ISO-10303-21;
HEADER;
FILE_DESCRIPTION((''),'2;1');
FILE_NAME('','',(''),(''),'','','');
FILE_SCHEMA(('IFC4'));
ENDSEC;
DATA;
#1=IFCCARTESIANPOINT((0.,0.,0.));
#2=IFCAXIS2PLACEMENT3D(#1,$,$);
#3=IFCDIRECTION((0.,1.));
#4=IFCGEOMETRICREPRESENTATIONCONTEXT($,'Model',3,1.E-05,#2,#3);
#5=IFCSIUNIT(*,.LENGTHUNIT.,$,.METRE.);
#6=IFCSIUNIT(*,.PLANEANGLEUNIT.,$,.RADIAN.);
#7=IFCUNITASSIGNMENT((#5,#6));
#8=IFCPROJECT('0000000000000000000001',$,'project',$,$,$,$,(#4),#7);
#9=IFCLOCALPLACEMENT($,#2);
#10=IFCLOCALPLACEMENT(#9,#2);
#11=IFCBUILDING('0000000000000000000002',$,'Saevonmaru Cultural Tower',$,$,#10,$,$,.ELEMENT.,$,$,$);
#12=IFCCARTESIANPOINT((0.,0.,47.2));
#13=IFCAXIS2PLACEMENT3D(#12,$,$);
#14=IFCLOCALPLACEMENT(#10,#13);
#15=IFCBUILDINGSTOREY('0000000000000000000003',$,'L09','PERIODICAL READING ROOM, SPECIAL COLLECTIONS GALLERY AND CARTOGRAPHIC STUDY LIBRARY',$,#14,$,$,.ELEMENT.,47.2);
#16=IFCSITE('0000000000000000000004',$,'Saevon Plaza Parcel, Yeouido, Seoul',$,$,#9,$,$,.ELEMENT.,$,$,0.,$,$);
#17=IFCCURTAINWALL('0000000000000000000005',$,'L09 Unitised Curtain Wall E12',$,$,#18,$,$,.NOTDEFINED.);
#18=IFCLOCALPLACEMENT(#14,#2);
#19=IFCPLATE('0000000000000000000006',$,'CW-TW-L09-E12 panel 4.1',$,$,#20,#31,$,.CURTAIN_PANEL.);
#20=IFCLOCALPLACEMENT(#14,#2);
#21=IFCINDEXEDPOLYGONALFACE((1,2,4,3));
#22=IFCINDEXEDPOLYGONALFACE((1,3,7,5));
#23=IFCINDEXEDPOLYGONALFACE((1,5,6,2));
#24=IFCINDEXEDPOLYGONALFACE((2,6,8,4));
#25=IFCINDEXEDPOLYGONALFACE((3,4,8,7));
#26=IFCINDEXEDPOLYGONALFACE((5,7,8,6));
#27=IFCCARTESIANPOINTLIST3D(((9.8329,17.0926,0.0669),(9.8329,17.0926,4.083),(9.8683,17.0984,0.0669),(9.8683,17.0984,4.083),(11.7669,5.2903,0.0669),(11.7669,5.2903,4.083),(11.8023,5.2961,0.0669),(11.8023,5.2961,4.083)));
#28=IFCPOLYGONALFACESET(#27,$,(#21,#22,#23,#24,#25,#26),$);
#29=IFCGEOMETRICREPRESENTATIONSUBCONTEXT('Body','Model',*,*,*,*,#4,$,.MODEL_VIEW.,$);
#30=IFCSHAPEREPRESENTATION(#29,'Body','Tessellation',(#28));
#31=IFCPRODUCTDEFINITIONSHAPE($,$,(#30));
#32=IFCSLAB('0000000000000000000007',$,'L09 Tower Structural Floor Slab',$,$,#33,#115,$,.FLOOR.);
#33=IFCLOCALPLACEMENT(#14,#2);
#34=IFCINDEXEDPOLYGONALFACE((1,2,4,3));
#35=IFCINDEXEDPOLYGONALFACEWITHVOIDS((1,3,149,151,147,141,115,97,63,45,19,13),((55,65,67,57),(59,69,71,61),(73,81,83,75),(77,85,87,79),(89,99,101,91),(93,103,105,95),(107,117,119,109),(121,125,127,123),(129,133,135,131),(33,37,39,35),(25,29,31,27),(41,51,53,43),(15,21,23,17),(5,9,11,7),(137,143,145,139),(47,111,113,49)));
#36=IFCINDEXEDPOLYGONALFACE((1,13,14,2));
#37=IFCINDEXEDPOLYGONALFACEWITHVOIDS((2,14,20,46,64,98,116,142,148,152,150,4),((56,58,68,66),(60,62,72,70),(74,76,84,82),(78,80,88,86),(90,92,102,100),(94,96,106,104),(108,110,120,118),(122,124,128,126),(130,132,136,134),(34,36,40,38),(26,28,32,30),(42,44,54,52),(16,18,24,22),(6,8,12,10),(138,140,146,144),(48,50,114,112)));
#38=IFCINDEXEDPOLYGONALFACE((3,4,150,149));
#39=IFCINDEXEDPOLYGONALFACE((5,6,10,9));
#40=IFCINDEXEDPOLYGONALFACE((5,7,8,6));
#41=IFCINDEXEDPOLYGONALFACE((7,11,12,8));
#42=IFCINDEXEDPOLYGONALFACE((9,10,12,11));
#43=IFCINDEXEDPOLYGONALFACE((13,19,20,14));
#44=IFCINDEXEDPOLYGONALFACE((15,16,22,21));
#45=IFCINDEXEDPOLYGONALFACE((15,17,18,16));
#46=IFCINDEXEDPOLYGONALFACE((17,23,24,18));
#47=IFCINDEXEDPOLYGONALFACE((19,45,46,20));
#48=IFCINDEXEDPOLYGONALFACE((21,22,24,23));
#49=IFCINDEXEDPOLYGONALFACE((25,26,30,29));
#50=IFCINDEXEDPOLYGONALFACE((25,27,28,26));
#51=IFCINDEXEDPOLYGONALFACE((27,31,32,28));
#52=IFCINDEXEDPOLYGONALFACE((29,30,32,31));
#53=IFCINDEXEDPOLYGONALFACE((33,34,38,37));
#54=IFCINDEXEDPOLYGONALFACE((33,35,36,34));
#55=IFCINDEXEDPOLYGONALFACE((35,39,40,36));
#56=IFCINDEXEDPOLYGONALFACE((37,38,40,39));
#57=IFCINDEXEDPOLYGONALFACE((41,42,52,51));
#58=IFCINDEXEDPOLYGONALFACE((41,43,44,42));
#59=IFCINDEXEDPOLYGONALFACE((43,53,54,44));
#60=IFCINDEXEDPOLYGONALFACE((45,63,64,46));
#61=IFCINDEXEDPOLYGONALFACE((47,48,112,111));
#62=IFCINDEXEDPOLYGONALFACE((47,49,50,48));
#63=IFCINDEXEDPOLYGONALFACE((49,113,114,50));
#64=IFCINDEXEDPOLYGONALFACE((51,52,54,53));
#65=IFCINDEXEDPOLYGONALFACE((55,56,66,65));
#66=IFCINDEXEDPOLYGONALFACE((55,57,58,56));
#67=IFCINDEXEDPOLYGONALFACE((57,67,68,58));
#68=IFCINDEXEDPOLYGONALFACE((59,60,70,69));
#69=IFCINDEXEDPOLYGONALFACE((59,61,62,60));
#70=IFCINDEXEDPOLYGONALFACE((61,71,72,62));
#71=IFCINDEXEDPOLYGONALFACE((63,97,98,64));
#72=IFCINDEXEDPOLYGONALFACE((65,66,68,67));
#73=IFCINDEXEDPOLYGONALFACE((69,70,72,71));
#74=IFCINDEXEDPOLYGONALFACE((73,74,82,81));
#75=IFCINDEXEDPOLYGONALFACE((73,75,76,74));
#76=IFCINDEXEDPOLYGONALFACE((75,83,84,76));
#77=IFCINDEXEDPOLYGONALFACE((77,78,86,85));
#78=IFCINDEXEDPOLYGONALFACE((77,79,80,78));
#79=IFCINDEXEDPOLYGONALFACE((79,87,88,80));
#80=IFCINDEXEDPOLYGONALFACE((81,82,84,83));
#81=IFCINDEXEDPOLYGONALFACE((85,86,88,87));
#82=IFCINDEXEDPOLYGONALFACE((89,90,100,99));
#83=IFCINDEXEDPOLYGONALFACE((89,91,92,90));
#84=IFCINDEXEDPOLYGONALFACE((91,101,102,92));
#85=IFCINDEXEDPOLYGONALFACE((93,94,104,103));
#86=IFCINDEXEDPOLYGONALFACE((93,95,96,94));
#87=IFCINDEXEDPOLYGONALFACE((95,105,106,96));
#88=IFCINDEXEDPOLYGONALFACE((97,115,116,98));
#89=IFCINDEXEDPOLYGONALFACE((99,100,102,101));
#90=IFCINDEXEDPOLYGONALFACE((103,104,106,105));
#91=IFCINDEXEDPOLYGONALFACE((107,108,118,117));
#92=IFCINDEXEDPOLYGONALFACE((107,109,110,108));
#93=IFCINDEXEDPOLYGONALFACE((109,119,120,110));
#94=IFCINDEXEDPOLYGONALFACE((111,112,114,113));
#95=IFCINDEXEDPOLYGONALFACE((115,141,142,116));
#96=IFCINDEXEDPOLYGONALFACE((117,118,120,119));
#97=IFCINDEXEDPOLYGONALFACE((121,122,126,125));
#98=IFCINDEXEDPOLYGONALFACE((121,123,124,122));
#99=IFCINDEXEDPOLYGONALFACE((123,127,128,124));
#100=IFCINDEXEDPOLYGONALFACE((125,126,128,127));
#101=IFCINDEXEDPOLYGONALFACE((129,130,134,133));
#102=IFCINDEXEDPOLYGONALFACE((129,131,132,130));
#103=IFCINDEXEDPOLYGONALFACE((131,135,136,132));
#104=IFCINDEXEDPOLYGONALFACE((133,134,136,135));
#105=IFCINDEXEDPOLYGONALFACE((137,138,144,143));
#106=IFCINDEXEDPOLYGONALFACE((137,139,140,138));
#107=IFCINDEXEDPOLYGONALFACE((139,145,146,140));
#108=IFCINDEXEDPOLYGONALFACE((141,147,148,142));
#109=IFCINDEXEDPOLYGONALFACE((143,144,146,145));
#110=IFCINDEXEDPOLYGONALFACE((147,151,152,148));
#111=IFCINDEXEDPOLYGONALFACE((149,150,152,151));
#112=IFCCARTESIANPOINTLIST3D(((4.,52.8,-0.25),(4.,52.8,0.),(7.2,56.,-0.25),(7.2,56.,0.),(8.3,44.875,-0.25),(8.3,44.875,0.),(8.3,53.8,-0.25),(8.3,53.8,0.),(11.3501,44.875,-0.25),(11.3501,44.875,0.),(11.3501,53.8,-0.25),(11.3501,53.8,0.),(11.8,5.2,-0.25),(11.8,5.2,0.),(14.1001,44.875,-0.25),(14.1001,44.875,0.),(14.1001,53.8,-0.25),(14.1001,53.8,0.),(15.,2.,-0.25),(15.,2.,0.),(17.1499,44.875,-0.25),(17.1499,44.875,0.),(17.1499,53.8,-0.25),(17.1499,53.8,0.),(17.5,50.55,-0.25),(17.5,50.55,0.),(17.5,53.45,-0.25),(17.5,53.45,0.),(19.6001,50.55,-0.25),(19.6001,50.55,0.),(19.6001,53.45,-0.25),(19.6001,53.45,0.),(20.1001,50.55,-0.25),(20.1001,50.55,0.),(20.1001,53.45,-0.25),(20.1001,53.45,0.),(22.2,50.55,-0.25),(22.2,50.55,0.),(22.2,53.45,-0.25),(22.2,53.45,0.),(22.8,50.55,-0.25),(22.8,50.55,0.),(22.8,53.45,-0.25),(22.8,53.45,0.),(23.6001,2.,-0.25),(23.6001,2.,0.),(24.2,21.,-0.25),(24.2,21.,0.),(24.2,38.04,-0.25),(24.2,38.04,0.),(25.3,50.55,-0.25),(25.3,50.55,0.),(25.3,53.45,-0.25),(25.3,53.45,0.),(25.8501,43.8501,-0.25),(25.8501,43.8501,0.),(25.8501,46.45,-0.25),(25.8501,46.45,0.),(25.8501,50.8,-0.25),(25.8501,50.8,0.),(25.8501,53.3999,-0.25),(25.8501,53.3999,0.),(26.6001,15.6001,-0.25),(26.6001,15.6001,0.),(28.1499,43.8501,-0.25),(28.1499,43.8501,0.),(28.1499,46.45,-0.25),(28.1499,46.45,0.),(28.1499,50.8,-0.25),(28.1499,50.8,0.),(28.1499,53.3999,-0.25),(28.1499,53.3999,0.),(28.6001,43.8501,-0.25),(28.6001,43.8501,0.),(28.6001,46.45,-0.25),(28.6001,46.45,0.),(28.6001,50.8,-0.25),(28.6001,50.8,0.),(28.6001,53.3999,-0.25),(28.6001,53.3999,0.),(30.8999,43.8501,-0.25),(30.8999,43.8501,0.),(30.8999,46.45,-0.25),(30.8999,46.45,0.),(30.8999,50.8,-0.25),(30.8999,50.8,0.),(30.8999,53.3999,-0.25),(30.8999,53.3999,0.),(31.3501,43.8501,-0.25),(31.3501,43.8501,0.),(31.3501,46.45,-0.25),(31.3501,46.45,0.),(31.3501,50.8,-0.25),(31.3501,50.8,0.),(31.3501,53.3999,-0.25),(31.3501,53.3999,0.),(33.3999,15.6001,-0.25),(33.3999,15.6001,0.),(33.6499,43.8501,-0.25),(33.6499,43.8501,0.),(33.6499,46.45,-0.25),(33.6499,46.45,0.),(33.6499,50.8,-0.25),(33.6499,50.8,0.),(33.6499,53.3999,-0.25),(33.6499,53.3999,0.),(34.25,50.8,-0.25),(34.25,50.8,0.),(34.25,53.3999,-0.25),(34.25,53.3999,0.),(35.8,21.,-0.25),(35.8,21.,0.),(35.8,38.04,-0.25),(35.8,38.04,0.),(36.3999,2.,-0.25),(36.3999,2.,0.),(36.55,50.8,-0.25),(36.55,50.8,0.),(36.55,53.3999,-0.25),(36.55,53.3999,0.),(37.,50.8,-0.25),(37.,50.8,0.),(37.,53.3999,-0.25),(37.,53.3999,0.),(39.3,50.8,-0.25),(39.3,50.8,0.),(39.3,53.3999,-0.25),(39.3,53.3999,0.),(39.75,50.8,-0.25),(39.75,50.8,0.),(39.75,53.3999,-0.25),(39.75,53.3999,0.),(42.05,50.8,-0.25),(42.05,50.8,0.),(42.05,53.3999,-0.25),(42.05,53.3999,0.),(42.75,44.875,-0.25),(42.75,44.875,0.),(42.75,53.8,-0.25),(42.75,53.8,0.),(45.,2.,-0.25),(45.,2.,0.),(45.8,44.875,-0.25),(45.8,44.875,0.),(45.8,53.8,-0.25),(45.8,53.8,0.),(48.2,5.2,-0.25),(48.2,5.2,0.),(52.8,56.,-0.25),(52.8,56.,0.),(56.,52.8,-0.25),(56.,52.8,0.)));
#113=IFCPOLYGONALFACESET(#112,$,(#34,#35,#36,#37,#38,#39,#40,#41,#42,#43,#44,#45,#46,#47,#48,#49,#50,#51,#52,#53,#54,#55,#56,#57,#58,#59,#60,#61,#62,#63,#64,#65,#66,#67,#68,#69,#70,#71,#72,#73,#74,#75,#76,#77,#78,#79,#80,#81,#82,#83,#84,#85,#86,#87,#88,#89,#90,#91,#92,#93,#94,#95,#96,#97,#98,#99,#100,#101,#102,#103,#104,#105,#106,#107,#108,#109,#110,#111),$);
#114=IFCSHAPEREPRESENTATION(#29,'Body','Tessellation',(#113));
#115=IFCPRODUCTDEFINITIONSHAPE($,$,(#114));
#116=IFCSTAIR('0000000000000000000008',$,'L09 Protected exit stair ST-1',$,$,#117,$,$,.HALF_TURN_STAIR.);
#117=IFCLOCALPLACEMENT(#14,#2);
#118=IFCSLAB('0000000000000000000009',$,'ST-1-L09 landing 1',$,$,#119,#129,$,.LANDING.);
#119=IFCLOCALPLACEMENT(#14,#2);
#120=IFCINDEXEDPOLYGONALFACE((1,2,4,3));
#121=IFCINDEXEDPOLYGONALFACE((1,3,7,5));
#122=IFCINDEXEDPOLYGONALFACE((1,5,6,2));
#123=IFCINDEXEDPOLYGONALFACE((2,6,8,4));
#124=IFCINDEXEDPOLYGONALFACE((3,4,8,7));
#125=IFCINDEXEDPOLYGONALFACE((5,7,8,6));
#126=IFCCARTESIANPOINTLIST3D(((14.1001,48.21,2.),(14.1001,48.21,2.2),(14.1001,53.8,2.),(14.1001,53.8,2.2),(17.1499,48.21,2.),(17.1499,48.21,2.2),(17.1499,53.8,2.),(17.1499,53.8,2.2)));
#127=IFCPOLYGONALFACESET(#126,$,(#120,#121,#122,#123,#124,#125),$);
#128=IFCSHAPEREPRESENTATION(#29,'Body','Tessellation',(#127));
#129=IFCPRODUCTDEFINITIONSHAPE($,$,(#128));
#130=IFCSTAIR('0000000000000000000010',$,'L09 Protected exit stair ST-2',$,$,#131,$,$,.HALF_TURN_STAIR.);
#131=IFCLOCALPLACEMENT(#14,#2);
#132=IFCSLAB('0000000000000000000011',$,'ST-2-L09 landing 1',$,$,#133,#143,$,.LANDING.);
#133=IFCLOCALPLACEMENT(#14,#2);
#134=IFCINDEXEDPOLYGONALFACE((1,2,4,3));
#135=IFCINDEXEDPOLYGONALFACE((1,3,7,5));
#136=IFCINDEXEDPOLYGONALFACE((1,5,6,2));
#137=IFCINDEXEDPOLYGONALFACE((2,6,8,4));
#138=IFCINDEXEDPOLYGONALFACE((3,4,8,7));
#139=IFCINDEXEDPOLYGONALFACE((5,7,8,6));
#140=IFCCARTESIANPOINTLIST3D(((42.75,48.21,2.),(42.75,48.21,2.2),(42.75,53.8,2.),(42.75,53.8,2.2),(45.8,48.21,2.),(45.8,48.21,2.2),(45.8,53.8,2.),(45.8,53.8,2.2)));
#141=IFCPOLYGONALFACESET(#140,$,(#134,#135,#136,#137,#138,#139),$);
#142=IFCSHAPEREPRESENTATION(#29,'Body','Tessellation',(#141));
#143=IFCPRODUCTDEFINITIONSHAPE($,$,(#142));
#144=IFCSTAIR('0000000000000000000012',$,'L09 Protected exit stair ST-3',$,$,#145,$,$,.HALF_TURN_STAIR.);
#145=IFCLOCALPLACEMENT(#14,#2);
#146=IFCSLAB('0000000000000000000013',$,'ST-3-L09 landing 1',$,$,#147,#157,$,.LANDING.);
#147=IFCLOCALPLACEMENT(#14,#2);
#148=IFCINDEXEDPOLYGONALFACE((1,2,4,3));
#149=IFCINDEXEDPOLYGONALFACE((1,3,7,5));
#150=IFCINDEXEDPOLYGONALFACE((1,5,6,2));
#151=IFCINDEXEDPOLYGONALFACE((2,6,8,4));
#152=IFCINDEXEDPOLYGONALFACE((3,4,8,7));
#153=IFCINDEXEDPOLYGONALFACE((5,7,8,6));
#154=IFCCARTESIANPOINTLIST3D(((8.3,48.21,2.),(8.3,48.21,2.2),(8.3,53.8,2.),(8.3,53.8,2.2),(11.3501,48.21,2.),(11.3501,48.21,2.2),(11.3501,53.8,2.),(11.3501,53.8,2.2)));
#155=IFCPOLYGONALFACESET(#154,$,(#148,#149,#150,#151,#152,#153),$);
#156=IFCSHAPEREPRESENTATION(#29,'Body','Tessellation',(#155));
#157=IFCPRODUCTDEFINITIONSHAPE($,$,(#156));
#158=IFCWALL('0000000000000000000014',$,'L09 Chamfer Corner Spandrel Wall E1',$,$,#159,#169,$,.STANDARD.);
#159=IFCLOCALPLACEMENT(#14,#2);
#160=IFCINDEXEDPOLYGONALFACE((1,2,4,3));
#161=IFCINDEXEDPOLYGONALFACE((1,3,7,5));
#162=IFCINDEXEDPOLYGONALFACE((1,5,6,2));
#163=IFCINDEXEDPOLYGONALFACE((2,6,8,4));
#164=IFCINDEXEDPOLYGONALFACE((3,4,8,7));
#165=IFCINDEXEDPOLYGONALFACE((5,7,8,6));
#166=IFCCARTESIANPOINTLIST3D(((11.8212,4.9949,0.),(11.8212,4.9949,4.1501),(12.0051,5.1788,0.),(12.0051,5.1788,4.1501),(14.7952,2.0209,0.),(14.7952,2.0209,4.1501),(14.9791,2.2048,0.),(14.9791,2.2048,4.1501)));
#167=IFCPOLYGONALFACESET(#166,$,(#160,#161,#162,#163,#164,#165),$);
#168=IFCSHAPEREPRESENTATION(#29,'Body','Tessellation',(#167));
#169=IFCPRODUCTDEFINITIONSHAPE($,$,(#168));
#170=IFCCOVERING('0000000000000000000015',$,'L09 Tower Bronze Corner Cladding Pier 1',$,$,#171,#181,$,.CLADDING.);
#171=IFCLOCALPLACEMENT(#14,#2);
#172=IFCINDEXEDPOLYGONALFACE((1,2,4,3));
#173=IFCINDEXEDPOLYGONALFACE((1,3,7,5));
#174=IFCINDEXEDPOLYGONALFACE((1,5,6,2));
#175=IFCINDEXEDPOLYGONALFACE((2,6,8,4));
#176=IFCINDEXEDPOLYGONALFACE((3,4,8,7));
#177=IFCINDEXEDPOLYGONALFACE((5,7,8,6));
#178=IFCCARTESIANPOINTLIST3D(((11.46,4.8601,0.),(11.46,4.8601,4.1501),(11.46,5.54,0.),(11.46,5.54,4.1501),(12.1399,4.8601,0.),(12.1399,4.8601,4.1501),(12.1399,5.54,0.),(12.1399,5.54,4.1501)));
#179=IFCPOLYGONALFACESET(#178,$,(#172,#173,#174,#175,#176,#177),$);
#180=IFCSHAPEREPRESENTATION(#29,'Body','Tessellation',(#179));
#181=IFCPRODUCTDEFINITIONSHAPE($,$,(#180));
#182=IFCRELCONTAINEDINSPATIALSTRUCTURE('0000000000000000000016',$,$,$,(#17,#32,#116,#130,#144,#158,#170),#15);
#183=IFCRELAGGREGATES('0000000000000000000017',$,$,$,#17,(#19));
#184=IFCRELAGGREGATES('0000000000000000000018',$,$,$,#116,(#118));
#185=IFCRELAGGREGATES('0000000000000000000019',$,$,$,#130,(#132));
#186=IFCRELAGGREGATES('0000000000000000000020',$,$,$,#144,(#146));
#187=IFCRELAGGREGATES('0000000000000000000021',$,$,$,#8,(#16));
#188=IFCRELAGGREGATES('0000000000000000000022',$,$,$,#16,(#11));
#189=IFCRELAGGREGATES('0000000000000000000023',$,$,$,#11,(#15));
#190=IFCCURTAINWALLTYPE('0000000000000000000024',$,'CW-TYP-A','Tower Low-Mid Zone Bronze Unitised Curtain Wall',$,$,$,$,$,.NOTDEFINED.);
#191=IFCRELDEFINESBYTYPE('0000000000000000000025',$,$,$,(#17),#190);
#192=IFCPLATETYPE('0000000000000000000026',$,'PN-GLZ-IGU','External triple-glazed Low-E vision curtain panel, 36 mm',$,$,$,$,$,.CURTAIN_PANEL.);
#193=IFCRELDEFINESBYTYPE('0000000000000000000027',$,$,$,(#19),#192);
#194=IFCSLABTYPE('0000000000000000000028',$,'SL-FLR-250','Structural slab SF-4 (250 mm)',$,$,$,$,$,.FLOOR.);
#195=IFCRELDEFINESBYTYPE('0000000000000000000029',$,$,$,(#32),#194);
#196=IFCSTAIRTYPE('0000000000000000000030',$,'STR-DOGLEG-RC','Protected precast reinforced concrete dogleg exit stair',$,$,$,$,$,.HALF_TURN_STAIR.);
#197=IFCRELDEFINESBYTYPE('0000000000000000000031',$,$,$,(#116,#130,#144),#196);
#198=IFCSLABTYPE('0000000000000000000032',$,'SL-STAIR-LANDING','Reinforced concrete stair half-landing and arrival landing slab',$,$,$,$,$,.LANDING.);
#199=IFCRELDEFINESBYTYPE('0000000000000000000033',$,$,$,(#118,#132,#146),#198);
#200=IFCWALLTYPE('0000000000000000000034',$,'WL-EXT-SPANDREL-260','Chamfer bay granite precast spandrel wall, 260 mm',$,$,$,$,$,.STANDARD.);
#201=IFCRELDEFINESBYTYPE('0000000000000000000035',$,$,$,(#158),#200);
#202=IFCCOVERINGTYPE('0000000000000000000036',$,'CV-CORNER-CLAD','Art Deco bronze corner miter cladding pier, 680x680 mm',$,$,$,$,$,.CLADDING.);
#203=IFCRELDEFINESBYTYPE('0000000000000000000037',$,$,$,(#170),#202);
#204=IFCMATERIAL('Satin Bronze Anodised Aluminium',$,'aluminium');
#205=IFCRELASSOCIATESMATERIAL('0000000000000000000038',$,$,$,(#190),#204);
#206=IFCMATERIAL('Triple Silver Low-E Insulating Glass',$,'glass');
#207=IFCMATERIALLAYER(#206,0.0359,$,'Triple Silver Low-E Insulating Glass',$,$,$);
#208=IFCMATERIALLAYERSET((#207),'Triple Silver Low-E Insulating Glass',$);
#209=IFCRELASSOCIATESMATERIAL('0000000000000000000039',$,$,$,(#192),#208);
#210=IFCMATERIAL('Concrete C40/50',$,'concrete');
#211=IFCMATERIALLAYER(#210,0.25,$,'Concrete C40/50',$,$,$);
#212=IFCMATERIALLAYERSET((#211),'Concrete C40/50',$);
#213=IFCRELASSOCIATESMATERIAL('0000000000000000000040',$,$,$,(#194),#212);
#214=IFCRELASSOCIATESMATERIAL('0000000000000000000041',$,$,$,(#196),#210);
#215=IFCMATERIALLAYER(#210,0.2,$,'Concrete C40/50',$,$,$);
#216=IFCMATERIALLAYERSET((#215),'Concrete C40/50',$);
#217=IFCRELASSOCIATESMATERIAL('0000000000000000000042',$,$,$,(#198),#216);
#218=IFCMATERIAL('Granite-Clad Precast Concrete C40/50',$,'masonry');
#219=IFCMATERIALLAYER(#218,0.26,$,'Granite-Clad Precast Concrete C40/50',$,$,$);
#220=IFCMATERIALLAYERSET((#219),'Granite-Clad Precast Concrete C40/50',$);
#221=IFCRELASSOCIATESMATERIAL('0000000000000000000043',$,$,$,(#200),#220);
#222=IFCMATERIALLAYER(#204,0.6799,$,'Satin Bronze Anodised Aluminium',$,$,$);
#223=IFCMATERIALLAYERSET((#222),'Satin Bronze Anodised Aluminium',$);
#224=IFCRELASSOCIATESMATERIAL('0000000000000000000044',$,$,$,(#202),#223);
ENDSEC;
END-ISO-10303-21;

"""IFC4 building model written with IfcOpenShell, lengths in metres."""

from ifc_helpers import new_model, si_unit, direction, frame, frame_2d, origin, origin_2d, place, context, subcontext, project, spatial, polyline, rectangle, outline, extrude, material, layer, layer_set, type_object, element, aggregate, save


model = new_model("IFC4")

# Units and contexts
model_context = context("Model", 3, precision=1e-05, world=origin(), true_north=direction((0.0, 1.0)))
body_context = subcontext(model_context, "Body", "Model", "MODEL_VIEW")
ifc_project = project(units=[si_unit("LENGTHUNIT", "METRE"), si_unit("PLANEANGLEUNIT", "RADIAN")], contexts=[model_context])

# Site, building, storey
site_placement = place(None, origin())
site = spatial("IfcSite", under=ifc_project, at=site_placement, Name="Saevon Plaza Parcel, Yeouido, Seoul", CompositionType="ELEMENT", RefElevation=0.0)
building_placement = place(site_placement, origin())
building = spatial("IfcBuilding", under=site, at=building_placement, Name="Saevonmaru Cultural Tower", CompositionType="ELEMENT")
storey_placement = place(building_placement, frame((0.0, 0.0, 47.2)))
storey = spatial("IfcBuildingStorey", under=building, at=storey_placement, Name="L09", Description="PERIODICAL READING ROOM, SPECIAL COLLECTIONS GALLERY AND CARTOGRAPHIC STUDY LIBRARY", CompositionType="ELEMENT", Elevation=47.2)

# Curtain wall, plate
ifc_material_1 = material(Name="Satin Bronze Anodised Aluminium", Category="aluminium")
curtain_wall_type = type_object("IfcCurtainWallType", Name="CW-TYP-A", Description="Tower Low-Mid Zone Bronze Unitised Curtain Wall", PredefinedType="NOTDEFINED", material=ifc_material_1)
curtain_wall_placement = place(storey_placement, origin())
curtain_wall = element("IfcCurtainWall", 1, at=curtain_wall_placement, inside=storey, type_object=curtain_wall_type, Name="L09 Unitised Curtain Wall E12", PredefinedType="NOTDEFINED")
ifc_material_2 = material(Name="Triple Silver Low-E Insulating Glass", Category="glass")
ifc_layer_1 = layer(ifc_material_2, 0.0359, Name="Triple Silver Low-E Insulating Glass")
ifc_layer_set_1 = layer_set([ifc_layer_1], Name="Triple Silver Low-E Insulating Glass")
plate_type = type_object("IfcPlateType", Name="PN-GLZ-IGU", Description="External triple-glazed Low-E vision curtain panel, 36 mm", PredefinedType="CURTAIN_PANEL", material=ifc_layer_set_1)
plate_placement = place(storey_placement, frame((10.8176, 11.1943, 0.0669), z_axis=(0.0, 0.0, 1.0), x_axis=(0.161709, -0.986839, 0.0)))
plate = element("IfcPlate", 2, at=plate_placement, type_object=plate_type, Name="CW-TW-L09-E12 panel 4.1", PredefinedType="CURTAIN_PANEL", context=body_context, shape_type="SweptSolid", body=[
    extrude(rectangle(XDim=11.9597, YDim=0.0359, at=origin_2d()), origin(), (0.0, 0.0, 1.0), 4.0161),
])
aggregate(curtain_wall, [plate])

# Slab
ifc_material_3 = material(Name="Concrete C40/50", Category="concrete")
ifc_layer_2 = layer(ifc_material_3, 0.25, Name="Concrete C40/50")
ifc_layer_set_2 = layer_set([ifc_layer_2], Name="Concrete C40/50")
slab_type_1 = type_object("IfcSlabType", Name="SL-FLR-250", Description="Structural slab SF-4 (250 mm)", PredefinedType="FLOOR", material=ifc_layer_set_2)
slab_1_placement = place(storey_placement, frame((0.0, 0.0, -0.25)))
element("IfcSlab", 3, at=slab_1_placement, inside=storey, type_object=slab_type_1, Name="L09 Tower Structural Floor Slab", PredefinedType="FLOOR", context=body_context, shape_type="SweptSolid", body=[
    extrude(outline(polyline([(11.8, 5.2), (15.0, 2.0), (23.6001, 2.0), (26.6001, 15.6001), (33.3999, 15.6001), (36.3999, 2.0), (45.0, 2.0), (48.2, 5.2), (56.0, 52.8), (52.8, 56.0), (7.2, 56.0), (4.0, 52.8), (11.8, 5.2)]), holes=[polyline([(45.8, 44.875), (42.75, 44.875), (42.75, 53.8), (45.8, 53.8), (45.8, 44.875)]), polyline([(39.75, 50.8), (39.75, 53.3999), (42.05, 53.3999), (42.05, 50.8), (39.75, 50.8)]), polyline([(37.0, 50.8), (37.0, 53.3999), (39.3, 53.3999), (39.3, 50.8), (37.0, 50.8)]), polyline([(34.25, 50.8), (34.25, 53.3999), (36.55, 53.3999), (36.55, 50.8), (34.25, 50.8)]), polyline([(24.2, 21.0), (24.2, 38.04), (35.8, 38.04), (35.8, 21.0), (24.2, 21.0)]), polyline([(31.3501, 50.8), (31.3501, 53.3999), (33.6499, 53.3999), (33.6499, 50.8), (31.3501, 50.8)]), polyline([(31.3501, 43.8501), (31.3501, 46.45), (33.6499, 46.45), (33.6499, 43.8501), (31.3501, 43.8501)]), polyline([(28.6001, 43.8501), (28.6001, 46.45), (30.8999, 46.45), (30.8999, 43.8501), (28.6001, 43.8501)]), polyline([(28.6001, 50.8), (28.6001, 53.3999), (30.8999, 53.3999), (30.8999, 50.8), (28.6001, 50.8)]), polyline([(25.8501, 50.8), (25.8501, 53.3999), (28.1499, 53.3999), (28.1499, 50.8), (25.8501, 50.8)]), polyline([(25.8501, 43.8501), (25.8501, 46.45), (28.1499, 46.45), (28.1499, 43.8501), (25.8501, 43.8501)]), polyline([(22.8, 50.55), (22.8, 53.45), (25.3, 53.45), (25.3, 50.55), (22.8, 50.55)]), polyline([(20.1001, 50.55), (20.1001, 53.45), (22.2, 53.45), (22.2, 50.55), (20.1001, 50.55)]), polyline([(17.5, 50.55), (17.5, 53.45), (19.6001, 53.45), (19.6001, 50.55), (17.5, 50.55)]), polyline([(17.1499, 44.875), (14.1001, 44.875), (14.1001, 53.8), (17.1499, 53.8), (17.1499, 44.875)]), polyline([(11.3501, 44.875), (8.3, 44.875), (8.3, 53.8), (11.3501, 53.8), (11.3501, 44.875)])]), origin(), (0.0, 0.0, 1.0), 0.25),
])

# Stairs, slabs
stair_type = type_object("IfcStairType", Name="STR-DOGLEG-RC", Description="Protected precast reinforced concrete dogleg exit stair", PredefinedType="HALF_TURN_STAIR", material=ifc_material_3)
stair_1_placement = place(storey_placement, origin())
stair_1 = element("IfcStair", 4, at=stair_1_placement, inside=storey, type_object=stair_type, Name="L09 Protected exit stair ST-1", PredefinedType="HALF_TURN_STAIR")
ifc_layer_3 = layer(ifc_material_3, 0.2, Name="Concrete C40/50")
ifc_layer_set_3 = layer_set([ifc_layer_3], Name="Concrete C40/50")
slab_type_2 = type_object("IfcSlabType", Name="SL-STAIR-LANDING", Description="Reinforced concrete stair half-landing and arrival landing slab", PredefinedType="LANDING", material=ifc_layer_set_3)
slab_2_placement = place(storey_placement, frame((0.0, 0.0, 2.0)))
slab_2 = element("IfcSlab", 5, at=slab_2_placement, type_object=slab_type_2, Name="ST-1-L09 landing 1", PredefinedType="LANDING", context=body_context, shape_type="SweptSolid", body=[
    extrude(outline(polyline([(17.1499, 48.21), (17.1499, 53.8), (14.1001, 53.8), (14.1001, 48.21), (17.1499, 48.21)])), origin(), (0.0, 0.0, 1.0), 0.2),
])
aggregate(stair_1, [slab_2])
stair_2_placement = place(storey_placement, origin())
stair_2 = element("IfcStair", 6, at=stair_2_placement, inside=storey, type_object=stair_type, Name="L09 Protected exit stair ST-2", PredefinedType="HALF_TURN_STAIR")
slab_3_placement = place(storey_placement, frame((0.0, 0.0, 2.0)))
slab_3 = element("IfcSlab", 7, at=slab_3_placement, type_object=slab_type_2, Name="ST-2-L09 landing 1", PredefinedType="LANDING", context=body_context, shape_type="SweptSolid", body=[
    extrude(outline(polyline([(45.8, 48.21), (45.8, 53.8), (42.75, 53.8), (42.75, 48.21), (45.8, 48.21)])), origin(), (0.0, 0.0, 1.0), 0.2),
])
aggregate(stair_2, [slab_3])
stair_3_placement = place(storey_placement, origin())
stair_3 = element("IfcStair", 8, at=stair_3_placement, inside=storey, type_object=stair_type, Name="L09 Protected exit stair ST-3", PredefinedType="HALF_TURN_STAIR")
slab_4_placement = place(storey_placement, frame((0.0, 0.0, 2.0)))
slab_4 = element("IfcSlab", 9, at=slab_4_placement, type_object=slab_type_2, Name="ST-3-L09 landing 1", PredefinedType="LANDING", context=body_context, shape_type="SweptSolid", body=[
    extrude(outline(polyline([(11.3501, 48.21), (11.3501, 53.8), (8.3, 53.8), (8.3, 48.21), (11.3501, 48.21)])), origin(), (0.0, 0.0, 1.0), 0.2),
])
aggregate(stair_3, [slab_4])

# Wall
ifc_material_4 = material(Name="Granite-Clad Precast Concrete C40/50", Category="masonry")
ifc_layer_4 = layer(ifc_material_4, 0.26, Name="Granite-Clad Precast Concrete C40/50")
ifc_layer_set_4 = layer_set([ifc_layer_4], Name="Granite-Clad Precast Concrete C40/50")
wall_type = type_object("IfcWallType", Name="WL-EXT-SPANDREL-260", Description="Chamfer bay granite precast spandrel wall, 260 mm", PredefinedType="STANDARD", material=ifc_layer_set_4)
wall_placement = place(storey_placement, frame((11.9131, 5.0869, 0.0), z_axis=(0.0, 0.0, 1.0), x_axis=(0.707107, -0.707107, 0.0)))
element("IfcWall", 10, at=wall_placement, inside=storey, type_object=wall_type, Name="L09 Chamfer Corner Spandrel Wall E1", PredefinedType="STANDARD", context=body_context, shape_type="SweptSolid", body=[
    extrude(rectangle(XDim=4.2058, YDim=0.26, at=frame_2d((2.103, 0.0))), origin(), (0.0, 0.0, 1.0), 4.1501),
])

# Covering
ifc_layer_5 = layer(ifc_material_1, 0.6799, Name="Satin Bronze Anodised Aluminium")
ifc_layer_set_5 = layer_set([ifc_layer_5], Name="Satin Bronze Anodised Aluminium")
covering_type = type_object("IfcCoveringType", Name="CV-CORNER-CLAD", Description="Art Deco bronze corner miter cladding pier, 680x680 mm", PredefinedType="CLADDING", material=ifc_layer_set_5)
covering_1_placement = place(storey_placement, origin())
element("IfcCovering", 11, at=covering_1_placement, inside=storey, type_object=covering_type, Name="L09 Tower Bronze Corner Cladding Pier 1", PredefinedType="CLADDING", context=body_context, shape_type="SweptSolid", body=[
    extrude(outline(polyline([(11.46, 4.8601), (12.1399, 4.8601), (12.1399, 5.54), (11.46, 5.54), (11.46, 4.8601)])), origin(), (0.0, 0.0, 1.0), 4.1501),
])

save(model, "model.ifc")
